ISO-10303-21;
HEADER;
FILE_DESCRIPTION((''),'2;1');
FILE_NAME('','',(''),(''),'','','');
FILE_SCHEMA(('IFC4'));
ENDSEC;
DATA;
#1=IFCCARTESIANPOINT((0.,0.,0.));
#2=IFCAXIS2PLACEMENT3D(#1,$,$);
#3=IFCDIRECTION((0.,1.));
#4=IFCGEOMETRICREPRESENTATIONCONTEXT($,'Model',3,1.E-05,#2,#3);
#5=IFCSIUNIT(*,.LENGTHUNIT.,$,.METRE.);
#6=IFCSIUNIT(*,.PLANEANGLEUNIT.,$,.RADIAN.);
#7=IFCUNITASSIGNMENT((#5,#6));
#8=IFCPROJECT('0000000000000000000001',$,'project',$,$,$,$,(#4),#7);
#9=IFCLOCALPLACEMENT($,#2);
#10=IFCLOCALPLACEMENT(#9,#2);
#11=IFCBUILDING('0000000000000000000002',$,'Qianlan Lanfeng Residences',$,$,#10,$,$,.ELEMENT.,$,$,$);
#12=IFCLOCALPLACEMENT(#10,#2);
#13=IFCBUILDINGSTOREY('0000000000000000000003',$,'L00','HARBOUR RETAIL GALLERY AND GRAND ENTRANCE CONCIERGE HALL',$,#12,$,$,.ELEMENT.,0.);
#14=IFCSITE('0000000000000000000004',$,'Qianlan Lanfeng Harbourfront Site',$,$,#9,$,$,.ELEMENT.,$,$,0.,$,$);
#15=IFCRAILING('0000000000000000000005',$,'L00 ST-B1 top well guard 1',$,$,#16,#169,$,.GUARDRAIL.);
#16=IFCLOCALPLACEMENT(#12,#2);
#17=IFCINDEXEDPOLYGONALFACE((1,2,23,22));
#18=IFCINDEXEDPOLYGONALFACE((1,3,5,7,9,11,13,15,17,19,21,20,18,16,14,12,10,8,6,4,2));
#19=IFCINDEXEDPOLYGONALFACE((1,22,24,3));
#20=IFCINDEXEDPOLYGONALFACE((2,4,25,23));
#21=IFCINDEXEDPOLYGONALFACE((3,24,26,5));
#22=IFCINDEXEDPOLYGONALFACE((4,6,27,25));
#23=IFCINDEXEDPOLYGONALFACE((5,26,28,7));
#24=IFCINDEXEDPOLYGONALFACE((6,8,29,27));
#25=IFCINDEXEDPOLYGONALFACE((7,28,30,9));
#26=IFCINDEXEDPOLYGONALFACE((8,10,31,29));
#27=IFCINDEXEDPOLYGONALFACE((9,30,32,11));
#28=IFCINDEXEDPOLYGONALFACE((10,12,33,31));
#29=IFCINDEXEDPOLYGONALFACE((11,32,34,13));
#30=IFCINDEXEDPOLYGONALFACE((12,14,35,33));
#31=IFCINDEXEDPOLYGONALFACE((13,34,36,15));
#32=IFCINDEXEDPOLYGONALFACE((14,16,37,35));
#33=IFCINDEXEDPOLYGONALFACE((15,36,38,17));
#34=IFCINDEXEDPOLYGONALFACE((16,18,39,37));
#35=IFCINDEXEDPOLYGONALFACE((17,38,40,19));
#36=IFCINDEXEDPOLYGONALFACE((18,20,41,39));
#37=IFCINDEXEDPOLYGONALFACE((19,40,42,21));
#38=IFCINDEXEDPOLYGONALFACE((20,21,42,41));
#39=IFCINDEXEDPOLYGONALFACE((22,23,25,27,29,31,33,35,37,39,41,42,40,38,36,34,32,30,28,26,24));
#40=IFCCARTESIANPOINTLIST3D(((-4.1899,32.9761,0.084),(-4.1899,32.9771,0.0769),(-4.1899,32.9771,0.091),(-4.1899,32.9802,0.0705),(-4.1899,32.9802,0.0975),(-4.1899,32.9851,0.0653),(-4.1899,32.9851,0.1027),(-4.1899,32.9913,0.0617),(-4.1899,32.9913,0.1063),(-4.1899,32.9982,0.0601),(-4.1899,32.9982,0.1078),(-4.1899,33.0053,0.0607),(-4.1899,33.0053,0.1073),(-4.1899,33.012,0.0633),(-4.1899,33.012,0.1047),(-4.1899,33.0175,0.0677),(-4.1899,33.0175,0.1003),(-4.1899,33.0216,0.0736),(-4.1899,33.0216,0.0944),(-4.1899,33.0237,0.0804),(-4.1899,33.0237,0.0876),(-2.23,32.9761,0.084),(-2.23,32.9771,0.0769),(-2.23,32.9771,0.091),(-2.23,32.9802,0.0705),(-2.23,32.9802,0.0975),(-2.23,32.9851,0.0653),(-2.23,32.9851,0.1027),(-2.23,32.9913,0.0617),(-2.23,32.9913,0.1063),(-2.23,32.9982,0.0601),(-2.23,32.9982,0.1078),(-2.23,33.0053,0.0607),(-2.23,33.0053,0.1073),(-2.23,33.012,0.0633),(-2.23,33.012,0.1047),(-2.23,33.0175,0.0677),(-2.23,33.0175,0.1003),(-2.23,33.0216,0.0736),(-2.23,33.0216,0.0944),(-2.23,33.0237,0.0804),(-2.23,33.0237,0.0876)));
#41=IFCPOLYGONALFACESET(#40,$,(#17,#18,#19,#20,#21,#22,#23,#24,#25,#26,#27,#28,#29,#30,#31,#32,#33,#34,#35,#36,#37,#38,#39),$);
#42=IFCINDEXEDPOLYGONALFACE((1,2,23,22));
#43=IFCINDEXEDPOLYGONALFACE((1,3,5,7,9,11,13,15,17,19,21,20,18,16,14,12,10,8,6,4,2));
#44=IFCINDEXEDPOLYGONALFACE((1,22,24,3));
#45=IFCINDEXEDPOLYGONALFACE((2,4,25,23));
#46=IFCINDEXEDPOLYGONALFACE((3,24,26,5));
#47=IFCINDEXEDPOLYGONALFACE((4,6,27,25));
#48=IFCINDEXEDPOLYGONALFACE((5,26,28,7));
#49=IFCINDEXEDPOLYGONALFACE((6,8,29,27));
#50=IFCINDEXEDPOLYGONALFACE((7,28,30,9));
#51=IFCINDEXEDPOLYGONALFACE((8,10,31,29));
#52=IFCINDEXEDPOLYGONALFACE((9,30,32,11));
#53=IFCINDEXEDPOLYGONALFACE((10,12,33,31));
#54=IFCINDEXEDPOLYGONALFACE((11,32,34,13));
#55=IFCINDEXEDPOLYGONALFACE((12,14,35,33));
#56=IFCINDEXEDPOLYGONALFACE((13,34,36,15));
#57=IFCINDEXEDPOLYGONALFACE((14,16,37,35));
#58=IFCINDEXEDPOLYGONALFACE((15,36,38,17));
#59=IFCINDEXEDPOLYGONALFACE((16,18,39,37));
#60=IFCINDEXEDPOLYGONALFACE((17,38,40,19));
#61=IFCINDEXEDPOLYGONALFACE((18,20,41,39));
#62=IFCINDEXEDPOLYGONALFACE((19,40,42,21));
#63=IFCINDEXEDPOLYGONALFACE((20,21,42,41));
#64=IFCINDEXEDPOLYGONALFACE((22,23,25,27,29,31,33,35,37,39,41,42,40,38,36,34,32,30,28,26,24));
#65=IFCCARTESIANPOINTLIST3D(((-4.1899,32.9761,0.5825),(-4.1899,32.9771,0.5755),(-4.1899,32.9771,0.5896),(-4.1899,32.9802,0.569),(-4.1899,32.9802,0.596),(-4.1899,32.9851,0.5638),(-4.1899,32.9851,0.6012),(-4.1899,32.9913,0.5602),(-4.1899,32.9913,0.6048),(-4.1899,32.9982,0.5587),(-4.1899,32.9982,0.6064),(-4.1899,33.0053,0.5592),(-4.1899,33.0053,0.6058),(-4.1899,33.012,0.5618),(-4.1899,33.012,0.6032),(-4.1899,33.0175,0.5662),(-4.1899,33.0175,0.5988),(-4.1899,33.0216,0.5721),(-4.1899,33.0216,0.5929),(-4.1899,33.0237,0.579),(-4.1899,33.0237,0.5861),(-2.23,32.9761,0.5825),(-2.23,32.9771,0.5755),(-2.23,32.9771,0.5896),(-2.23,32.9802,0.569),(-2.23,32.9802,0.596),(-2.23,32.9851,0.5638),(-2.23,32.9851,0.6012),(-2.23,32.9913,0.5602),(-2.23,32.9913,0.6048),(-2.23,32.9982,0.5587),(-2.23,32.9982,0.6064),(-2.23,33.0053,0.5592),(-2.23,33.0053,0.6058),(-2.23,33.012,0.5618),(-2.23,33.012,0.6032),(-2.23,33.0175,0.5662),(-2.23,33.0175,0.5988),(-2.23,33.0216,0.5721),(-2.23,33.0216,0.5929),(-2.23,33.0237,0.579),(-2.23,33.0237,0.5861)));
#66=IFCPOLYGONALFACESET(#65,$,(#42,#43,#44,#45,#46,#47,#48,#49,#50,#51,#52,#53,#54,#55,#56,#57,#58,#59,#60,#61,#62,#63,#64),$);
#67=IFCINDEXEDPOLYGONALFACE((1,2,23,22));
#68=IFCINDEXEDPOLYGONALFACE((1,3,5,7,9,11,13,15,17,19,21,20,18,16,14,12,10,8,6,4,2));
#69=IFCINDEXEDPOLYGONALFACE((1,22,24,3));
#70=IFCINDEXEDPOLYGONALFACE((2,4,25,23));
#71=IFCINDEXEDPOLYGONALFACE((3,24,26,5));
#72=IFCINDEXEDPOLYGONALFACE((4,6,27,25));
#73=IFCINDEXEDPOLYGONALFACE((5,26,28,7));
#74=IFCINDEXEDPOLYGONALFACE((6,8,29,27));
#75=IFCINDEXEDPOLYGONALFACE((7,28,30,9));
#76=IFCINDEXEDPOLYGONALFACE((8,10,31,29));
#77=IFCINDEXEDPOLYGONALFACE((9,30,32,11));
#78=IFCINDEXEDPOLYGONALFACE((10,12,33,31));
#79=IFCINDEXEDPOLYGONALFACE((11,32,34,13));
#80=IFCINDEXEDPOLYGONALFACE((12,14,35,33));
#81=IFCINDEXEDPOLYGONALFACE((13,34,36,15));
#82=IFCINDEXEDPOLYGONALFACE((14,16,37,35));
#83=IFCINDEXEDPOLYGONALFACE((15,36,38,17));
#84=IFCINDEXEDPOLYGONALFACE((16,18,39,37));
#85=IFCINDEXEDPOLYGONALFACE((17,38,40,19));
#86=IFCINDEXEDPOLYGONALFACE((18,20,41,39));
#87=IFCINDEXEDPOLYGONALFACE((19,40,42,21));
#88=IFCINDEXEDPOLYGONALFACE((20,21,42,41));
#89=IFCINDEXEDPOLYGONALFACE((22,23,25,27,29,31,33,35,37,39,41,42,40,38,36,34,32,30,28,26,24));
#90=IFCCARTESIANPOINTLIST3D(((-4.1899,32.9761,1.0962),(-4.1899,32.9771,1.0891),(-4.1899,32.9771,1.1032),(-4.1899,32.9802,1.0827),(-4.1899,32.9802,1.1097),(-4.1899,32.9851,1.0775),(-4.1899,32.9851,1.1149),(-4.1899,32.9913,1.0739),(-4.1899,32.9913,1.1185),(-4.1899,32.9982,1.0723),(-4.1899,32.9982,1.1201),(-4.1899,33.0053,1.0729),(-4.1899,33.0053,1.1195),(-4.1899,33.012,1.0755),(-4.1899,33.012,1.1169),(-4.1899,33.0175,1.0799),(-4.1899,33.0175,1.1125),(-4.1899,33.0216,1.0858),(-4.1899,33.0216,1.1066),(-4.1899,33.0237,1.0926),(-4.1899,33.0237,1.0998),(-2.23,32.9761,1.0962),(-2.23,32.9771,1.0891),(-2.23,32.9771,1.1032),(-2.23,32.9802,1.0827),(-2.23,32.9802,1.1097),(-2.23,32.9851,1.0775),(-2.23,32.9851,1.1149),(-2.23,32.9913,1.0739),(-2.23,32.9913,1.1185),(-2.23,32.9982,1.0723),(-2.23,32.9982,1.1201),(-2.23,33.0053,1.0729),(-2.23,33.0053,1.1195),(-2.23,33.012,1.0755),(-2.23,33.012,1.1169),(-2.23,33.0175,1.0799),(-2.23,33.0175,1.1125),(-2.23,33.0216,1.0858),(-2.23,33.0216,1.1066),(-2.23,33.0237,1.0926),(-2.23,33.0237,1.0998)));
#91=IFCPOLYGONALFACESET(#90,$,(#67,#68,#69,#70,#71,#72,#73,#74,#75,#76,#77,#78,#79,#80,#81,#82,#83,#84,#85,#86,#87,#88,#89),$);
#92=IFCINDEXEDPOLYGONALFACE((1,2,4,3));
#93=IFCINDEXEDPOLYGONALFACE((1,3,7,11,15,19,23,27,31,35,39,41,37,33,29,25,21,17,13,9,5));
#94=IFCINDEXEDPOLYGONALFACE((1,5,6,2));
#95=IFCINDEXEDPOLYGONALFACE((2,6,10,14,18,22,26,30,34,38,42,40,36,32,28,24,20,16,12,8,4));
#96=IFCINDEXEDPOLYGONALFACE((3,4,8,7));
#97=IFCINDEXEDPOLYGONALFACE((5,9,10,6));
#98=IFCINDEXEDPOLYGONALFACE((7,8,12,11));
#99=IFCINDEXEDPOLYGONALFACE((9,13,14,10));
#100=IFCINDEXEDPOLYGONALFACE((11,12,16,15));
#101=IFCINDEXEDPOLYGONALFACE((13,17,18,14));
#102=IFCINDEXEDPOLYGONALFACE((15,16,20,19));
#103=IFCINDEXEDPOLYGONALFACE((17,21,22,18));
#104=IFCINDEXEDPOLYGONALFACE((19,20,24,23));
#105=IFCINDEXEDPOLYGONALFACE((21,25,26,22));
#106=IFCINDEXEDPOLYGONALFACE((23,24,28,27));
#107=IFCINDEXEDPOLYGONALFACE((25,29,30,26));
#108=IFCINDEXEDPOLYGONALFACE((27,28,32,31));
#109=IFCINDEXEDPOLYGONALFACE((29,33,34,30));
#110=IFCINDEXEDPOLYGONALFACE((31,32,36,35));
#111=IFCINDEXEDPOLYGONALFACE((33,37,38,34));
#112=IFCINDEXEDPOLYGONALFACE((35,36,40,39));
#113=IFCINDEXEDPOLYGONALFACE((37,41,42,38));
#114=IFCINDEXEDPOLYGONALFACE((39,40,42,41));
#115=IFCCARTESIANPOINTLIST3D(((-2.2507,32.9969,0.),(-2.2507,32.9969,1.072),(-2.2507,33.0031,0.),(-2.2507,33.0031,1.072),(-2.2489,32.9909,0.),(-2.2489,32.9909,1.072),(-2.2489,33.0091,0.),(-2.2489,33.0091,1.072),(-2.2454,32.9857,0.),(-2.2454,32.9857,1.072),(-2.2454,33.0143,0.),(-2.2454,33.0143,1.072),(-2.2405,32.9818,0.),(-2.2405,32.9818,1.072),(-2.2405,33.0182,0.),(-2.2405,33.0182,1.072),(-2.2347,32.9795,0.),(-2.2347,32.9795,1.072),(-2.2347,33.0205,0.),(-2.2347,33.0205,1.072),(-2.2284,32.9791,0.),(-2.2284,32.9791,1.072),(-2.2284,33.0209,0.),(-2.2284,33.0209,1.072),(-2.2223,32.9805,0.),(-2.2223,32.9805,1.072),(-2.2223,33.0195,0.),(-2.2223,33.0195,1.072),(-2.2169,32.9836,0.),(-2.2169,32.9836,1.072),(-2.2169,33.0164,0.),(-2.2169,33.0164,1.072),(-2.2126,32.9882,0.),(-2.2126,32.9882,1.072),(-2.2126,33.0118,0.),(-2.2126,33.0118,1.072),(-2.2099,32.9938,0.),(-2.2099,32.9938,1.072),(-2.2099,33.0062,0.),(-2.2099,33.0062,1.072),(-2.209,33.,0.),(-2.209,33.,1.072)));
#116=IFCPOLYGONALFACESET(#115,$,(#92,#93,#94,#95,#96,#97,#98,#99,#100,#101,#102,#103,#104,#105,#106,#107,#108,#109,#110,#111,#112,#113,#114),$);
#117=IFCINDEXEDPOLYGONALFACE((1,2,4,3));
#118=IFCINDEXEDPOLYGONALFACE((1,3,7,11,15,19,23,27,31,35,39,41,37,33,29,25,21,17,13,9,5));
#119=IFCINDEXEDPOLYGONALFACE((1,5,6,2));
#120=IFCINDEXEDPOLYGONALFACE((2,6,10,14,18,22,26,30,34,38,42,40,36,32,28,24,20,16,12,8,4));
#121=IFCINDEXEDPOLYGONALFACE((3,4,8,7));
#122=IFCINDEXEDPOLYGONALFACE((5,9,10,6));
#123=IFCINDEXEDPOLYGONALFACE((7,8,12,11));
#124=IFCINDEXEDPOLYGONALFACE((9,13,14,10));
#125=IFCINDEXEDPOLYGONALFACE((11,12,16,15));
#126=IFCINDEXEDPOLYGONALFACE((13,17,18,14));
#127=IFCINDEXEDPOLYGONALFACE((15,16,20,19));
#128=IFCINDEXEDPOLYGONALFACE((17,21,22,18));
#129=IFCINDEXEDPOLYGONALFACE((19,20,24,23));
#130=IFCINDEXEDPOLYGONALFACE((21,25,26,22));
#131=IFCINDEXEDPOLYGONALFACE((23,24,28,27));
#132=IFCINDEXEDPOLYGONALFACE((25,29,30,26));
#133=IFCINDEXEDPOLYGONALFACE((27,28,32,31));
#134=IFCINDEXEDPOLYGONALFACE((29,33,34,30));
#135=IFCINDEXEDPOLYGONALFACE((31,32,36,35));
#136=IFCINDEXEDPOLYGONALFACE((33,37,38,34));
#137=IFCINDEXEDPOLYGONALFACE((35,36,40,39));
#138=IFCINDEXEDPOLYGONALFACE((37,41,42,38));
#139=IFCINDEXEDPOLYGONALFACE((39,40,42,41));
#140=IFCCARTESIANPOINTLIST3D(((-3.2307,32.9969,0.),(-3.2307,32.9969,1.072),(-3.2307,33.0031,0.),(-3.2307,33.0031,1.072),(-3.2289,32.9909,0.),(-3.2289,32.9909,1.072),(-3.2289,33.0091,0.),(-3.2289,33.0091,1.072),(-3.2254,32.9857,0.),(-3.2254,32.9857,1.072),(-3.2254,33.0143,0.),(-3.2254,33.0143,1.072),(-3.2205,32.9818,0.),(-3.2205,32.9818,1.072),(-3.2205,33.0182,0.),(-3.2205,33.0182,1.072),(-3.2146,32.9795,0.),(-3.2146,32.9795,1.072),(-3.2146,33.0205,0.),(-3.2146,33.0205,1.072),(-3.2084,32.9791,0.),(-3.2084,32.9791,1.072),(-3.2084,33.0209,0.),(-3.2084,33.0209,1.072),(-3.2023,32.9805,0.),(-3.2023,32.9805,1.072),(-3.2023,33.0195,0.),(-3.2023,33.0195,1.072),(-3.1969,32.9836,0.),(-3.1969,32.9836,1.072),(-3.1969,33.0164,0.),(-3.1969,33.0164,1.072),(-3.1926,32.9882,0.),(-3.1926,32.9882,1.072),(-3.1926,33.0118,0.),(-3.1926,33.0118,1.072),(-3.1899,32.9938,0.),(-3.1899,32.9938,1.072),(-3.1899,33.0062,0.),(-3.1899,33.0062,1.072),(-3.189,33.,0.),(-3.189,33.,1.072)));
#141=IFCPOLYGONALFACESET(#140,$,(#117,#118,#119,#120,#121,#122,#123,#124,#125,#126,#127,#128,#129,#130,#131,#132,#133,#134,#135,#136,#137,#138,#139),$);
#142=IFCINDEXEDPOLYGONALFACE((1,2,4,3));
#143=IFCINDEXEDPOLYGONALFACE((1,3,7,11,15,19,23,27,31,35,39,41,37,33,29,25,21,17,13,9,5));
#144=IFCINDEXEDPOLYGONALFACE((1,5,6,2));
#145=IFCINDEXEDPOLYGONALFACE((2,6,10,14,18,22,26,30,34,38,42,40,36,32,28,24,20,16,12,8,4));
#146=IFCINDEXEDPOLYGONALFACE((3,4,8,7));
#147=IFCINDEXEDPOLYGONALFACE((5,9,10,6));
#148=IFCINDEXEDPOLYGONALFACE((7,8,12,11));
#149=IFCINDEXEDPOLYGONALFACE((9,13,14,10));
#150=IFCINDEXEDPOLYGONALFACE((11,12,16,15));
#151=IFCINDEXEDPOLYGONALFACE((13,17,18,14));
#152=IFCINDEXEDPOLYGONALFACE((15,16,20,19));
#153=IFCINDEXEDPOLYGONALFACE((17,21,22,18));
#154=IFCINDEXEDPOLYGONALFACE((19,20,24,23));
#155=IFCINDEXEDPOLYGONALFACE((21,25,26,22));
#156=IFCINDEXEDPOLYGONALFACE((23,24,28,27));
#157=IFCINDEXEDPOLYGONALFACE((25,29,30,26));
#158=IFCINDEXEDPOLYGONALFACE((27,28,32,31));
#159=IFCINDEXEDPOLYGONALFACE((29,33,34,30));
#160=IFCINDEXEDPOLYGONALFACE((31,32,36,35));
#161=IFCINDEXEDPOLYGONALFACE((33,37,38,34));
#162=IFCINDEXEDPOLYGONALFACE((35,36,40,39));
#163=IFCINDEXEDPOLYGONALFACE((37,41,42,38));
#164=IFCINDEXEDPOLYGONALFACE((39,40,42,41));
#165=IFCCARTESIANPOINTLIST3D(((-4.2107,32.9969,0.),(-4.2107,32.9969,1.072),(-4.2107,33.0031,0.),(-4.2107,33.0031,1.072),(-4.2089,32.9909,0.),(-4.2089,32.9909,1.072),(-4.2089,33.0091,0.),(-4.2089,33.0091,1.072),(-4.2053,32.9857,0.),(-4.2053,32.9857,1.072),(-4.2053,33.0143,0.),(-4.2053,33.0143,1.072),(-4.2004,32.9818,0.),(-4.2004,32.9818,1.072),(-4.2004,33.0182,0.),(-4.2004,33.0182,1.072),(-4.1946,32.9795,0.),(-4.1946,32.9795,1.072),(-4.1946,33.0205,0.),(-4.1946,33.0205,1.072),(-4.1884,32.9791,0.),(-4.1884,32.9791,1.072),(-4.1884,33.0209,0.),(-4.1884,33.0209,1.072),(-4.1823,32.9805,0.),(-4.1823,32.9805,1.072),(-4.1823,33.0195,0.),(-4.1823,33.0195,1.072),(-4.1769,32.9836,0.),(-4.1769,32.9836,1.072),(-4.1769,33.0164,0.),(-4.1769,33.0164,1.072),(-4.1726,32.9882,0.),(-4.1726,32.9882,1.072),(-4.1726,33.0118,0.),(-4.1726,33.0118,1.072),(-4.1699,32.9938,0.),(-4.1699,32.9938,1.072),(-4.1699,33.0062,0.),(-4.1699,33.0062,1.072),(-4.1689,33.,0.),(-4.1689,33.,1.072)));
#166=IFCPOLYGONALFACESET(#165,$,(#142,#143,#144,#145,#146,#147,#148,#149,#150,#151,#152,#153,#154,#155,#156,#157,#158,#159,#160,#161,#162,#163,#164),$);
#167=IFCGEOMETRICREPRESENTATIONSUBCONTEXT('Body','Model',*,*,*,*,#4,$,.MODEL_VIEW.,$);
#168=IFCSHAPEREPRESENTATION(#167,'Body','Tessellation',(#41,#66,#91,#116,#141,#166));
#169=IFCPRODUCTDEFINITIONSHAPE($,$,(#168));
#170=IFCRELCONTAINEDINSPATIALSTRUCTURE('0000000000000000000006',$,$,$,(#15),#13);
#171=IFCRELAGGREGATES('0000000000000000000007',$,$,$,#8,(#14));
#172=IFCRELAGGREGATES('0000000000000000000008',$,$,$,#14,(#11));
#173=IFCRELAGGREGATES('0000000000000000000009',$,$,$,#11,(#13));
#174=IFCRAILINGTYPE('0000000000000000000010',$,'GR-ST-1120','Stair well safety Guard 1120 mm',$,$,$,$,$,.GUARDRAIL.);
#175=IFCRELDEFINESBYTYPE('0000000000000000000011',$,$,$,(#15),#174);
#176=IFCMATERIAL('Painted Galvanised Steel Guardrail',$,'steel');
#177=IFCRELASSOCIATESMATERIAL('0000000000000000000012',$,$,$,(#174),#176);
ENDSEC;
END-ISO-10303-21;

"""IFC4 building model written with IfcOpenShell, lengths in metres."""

from ifc_helpers import new_model, si_unit, direction, frame, origin, origin_2d, place, context, subcontext, project, spatial, circle, extrude, material, type_object, element, save


model = new_model("IFC4")

# Units and contexts
model_context = context("Model", 3, precision=1e-05, world=origin(), true_north=direction((0.0, 1.0)))
body_context = subcontext(model_context, "Body", "Model", "MODEL_VIEW")
ifc_project = project(units=[si_unit("LENGTHUNIT", "METRE"), si_unit("PLANEANGLEUNIT", "RADIAN")], contexts=[model_context])

# Site, building, storey
site_placement = place(None, origin())
site = spatial("IfcSite", under=ifc_project, at=site_placement, Name="Qianlan Lanfeng Harbourfront Site", CompositionType="ELEMENT", RefElevation=0.0)
building_placement = place(site_placement, origin())
building = spatial("IfcBuilding", under=site, at=building_placement, Name="Qianlan Lanfeng Residences", CompositionType="ELEMENT")
storey_placement = place(building_placement, origin())
storey = spatial("IfcBuildingStorey", under=building, at=storey_placement, Name="L00", Description="HARBOUR RETAIL GALLERY AND GRAND ENTRANCE CONCIERGE HALL", CompositionType="ELEMENT", Elevation=0.0)

# Railing
ifc_material_1 = material(Name="Painted Galvanised Steel Guardrail", Category="steel")
railing_type_1 = type_object("IfcRailingType", Name="GR-ST-1120", Description="Stair well safety Guard 1120 mm", PredefinedType="GUARDRAIL", material=ifc_material_1)
railing_placement = place(storey_placement, frame((-2.23, 33.0, 0.0)))
element("IfcRailing", 1, at=railing_placement, inside=storey, type_object=railing_type_1, Name="L00 ST-B1 top well guard 1", PredefinedType="GUARDRAIL", context=body_context, shape_type="SweptSolid", body=[
    extrude(circle(Radius=0.0239, at=origin_2d()), frame((0.0, 0.0, 0.084), z_axis=(-1.0, 0.0, 0.0), x_axis=(0.0, -1.0, 0.0)), (0.0, 0.0, 1.0), 1.96),
    extrude(circle(Radius=0.0239, at=origin_2d()), frame((0.0, 0.0, 0.5825), z_axis=(-1.0, 0.0, 0.0), x_axis=(0.0, -1.0, 0.0)), (0.0, 0.0, 1.0), 1.96),
    extrude(circle(Radius=0.0239, at=origin_2d()), frame((0.0, 0.0, 1.0962), z_axis=(-1.0, 0.0, 0.0), x_axis=(0.0, -1.0, 0.0)), (0.0, 0.0, 1.0), 1.96),
    extrude(circle(Radius=0.021, at=origin_2d()), origin(), (0.0, 0.0, 1.0), 1.072),
    extrude(circle(Radius=0.021, at=origin_2d()), frame((-0.98, 0.0, 0.0)), (0.0, 0.0, 1.0), 1.072),
    extrude(circle(Radius=0.021, at=origin_2d()), frame((-1.96, 0.0, 0.0)), (0.0, 0.0, 1.0), 1.072),
])

save(model, "model.ifc")
